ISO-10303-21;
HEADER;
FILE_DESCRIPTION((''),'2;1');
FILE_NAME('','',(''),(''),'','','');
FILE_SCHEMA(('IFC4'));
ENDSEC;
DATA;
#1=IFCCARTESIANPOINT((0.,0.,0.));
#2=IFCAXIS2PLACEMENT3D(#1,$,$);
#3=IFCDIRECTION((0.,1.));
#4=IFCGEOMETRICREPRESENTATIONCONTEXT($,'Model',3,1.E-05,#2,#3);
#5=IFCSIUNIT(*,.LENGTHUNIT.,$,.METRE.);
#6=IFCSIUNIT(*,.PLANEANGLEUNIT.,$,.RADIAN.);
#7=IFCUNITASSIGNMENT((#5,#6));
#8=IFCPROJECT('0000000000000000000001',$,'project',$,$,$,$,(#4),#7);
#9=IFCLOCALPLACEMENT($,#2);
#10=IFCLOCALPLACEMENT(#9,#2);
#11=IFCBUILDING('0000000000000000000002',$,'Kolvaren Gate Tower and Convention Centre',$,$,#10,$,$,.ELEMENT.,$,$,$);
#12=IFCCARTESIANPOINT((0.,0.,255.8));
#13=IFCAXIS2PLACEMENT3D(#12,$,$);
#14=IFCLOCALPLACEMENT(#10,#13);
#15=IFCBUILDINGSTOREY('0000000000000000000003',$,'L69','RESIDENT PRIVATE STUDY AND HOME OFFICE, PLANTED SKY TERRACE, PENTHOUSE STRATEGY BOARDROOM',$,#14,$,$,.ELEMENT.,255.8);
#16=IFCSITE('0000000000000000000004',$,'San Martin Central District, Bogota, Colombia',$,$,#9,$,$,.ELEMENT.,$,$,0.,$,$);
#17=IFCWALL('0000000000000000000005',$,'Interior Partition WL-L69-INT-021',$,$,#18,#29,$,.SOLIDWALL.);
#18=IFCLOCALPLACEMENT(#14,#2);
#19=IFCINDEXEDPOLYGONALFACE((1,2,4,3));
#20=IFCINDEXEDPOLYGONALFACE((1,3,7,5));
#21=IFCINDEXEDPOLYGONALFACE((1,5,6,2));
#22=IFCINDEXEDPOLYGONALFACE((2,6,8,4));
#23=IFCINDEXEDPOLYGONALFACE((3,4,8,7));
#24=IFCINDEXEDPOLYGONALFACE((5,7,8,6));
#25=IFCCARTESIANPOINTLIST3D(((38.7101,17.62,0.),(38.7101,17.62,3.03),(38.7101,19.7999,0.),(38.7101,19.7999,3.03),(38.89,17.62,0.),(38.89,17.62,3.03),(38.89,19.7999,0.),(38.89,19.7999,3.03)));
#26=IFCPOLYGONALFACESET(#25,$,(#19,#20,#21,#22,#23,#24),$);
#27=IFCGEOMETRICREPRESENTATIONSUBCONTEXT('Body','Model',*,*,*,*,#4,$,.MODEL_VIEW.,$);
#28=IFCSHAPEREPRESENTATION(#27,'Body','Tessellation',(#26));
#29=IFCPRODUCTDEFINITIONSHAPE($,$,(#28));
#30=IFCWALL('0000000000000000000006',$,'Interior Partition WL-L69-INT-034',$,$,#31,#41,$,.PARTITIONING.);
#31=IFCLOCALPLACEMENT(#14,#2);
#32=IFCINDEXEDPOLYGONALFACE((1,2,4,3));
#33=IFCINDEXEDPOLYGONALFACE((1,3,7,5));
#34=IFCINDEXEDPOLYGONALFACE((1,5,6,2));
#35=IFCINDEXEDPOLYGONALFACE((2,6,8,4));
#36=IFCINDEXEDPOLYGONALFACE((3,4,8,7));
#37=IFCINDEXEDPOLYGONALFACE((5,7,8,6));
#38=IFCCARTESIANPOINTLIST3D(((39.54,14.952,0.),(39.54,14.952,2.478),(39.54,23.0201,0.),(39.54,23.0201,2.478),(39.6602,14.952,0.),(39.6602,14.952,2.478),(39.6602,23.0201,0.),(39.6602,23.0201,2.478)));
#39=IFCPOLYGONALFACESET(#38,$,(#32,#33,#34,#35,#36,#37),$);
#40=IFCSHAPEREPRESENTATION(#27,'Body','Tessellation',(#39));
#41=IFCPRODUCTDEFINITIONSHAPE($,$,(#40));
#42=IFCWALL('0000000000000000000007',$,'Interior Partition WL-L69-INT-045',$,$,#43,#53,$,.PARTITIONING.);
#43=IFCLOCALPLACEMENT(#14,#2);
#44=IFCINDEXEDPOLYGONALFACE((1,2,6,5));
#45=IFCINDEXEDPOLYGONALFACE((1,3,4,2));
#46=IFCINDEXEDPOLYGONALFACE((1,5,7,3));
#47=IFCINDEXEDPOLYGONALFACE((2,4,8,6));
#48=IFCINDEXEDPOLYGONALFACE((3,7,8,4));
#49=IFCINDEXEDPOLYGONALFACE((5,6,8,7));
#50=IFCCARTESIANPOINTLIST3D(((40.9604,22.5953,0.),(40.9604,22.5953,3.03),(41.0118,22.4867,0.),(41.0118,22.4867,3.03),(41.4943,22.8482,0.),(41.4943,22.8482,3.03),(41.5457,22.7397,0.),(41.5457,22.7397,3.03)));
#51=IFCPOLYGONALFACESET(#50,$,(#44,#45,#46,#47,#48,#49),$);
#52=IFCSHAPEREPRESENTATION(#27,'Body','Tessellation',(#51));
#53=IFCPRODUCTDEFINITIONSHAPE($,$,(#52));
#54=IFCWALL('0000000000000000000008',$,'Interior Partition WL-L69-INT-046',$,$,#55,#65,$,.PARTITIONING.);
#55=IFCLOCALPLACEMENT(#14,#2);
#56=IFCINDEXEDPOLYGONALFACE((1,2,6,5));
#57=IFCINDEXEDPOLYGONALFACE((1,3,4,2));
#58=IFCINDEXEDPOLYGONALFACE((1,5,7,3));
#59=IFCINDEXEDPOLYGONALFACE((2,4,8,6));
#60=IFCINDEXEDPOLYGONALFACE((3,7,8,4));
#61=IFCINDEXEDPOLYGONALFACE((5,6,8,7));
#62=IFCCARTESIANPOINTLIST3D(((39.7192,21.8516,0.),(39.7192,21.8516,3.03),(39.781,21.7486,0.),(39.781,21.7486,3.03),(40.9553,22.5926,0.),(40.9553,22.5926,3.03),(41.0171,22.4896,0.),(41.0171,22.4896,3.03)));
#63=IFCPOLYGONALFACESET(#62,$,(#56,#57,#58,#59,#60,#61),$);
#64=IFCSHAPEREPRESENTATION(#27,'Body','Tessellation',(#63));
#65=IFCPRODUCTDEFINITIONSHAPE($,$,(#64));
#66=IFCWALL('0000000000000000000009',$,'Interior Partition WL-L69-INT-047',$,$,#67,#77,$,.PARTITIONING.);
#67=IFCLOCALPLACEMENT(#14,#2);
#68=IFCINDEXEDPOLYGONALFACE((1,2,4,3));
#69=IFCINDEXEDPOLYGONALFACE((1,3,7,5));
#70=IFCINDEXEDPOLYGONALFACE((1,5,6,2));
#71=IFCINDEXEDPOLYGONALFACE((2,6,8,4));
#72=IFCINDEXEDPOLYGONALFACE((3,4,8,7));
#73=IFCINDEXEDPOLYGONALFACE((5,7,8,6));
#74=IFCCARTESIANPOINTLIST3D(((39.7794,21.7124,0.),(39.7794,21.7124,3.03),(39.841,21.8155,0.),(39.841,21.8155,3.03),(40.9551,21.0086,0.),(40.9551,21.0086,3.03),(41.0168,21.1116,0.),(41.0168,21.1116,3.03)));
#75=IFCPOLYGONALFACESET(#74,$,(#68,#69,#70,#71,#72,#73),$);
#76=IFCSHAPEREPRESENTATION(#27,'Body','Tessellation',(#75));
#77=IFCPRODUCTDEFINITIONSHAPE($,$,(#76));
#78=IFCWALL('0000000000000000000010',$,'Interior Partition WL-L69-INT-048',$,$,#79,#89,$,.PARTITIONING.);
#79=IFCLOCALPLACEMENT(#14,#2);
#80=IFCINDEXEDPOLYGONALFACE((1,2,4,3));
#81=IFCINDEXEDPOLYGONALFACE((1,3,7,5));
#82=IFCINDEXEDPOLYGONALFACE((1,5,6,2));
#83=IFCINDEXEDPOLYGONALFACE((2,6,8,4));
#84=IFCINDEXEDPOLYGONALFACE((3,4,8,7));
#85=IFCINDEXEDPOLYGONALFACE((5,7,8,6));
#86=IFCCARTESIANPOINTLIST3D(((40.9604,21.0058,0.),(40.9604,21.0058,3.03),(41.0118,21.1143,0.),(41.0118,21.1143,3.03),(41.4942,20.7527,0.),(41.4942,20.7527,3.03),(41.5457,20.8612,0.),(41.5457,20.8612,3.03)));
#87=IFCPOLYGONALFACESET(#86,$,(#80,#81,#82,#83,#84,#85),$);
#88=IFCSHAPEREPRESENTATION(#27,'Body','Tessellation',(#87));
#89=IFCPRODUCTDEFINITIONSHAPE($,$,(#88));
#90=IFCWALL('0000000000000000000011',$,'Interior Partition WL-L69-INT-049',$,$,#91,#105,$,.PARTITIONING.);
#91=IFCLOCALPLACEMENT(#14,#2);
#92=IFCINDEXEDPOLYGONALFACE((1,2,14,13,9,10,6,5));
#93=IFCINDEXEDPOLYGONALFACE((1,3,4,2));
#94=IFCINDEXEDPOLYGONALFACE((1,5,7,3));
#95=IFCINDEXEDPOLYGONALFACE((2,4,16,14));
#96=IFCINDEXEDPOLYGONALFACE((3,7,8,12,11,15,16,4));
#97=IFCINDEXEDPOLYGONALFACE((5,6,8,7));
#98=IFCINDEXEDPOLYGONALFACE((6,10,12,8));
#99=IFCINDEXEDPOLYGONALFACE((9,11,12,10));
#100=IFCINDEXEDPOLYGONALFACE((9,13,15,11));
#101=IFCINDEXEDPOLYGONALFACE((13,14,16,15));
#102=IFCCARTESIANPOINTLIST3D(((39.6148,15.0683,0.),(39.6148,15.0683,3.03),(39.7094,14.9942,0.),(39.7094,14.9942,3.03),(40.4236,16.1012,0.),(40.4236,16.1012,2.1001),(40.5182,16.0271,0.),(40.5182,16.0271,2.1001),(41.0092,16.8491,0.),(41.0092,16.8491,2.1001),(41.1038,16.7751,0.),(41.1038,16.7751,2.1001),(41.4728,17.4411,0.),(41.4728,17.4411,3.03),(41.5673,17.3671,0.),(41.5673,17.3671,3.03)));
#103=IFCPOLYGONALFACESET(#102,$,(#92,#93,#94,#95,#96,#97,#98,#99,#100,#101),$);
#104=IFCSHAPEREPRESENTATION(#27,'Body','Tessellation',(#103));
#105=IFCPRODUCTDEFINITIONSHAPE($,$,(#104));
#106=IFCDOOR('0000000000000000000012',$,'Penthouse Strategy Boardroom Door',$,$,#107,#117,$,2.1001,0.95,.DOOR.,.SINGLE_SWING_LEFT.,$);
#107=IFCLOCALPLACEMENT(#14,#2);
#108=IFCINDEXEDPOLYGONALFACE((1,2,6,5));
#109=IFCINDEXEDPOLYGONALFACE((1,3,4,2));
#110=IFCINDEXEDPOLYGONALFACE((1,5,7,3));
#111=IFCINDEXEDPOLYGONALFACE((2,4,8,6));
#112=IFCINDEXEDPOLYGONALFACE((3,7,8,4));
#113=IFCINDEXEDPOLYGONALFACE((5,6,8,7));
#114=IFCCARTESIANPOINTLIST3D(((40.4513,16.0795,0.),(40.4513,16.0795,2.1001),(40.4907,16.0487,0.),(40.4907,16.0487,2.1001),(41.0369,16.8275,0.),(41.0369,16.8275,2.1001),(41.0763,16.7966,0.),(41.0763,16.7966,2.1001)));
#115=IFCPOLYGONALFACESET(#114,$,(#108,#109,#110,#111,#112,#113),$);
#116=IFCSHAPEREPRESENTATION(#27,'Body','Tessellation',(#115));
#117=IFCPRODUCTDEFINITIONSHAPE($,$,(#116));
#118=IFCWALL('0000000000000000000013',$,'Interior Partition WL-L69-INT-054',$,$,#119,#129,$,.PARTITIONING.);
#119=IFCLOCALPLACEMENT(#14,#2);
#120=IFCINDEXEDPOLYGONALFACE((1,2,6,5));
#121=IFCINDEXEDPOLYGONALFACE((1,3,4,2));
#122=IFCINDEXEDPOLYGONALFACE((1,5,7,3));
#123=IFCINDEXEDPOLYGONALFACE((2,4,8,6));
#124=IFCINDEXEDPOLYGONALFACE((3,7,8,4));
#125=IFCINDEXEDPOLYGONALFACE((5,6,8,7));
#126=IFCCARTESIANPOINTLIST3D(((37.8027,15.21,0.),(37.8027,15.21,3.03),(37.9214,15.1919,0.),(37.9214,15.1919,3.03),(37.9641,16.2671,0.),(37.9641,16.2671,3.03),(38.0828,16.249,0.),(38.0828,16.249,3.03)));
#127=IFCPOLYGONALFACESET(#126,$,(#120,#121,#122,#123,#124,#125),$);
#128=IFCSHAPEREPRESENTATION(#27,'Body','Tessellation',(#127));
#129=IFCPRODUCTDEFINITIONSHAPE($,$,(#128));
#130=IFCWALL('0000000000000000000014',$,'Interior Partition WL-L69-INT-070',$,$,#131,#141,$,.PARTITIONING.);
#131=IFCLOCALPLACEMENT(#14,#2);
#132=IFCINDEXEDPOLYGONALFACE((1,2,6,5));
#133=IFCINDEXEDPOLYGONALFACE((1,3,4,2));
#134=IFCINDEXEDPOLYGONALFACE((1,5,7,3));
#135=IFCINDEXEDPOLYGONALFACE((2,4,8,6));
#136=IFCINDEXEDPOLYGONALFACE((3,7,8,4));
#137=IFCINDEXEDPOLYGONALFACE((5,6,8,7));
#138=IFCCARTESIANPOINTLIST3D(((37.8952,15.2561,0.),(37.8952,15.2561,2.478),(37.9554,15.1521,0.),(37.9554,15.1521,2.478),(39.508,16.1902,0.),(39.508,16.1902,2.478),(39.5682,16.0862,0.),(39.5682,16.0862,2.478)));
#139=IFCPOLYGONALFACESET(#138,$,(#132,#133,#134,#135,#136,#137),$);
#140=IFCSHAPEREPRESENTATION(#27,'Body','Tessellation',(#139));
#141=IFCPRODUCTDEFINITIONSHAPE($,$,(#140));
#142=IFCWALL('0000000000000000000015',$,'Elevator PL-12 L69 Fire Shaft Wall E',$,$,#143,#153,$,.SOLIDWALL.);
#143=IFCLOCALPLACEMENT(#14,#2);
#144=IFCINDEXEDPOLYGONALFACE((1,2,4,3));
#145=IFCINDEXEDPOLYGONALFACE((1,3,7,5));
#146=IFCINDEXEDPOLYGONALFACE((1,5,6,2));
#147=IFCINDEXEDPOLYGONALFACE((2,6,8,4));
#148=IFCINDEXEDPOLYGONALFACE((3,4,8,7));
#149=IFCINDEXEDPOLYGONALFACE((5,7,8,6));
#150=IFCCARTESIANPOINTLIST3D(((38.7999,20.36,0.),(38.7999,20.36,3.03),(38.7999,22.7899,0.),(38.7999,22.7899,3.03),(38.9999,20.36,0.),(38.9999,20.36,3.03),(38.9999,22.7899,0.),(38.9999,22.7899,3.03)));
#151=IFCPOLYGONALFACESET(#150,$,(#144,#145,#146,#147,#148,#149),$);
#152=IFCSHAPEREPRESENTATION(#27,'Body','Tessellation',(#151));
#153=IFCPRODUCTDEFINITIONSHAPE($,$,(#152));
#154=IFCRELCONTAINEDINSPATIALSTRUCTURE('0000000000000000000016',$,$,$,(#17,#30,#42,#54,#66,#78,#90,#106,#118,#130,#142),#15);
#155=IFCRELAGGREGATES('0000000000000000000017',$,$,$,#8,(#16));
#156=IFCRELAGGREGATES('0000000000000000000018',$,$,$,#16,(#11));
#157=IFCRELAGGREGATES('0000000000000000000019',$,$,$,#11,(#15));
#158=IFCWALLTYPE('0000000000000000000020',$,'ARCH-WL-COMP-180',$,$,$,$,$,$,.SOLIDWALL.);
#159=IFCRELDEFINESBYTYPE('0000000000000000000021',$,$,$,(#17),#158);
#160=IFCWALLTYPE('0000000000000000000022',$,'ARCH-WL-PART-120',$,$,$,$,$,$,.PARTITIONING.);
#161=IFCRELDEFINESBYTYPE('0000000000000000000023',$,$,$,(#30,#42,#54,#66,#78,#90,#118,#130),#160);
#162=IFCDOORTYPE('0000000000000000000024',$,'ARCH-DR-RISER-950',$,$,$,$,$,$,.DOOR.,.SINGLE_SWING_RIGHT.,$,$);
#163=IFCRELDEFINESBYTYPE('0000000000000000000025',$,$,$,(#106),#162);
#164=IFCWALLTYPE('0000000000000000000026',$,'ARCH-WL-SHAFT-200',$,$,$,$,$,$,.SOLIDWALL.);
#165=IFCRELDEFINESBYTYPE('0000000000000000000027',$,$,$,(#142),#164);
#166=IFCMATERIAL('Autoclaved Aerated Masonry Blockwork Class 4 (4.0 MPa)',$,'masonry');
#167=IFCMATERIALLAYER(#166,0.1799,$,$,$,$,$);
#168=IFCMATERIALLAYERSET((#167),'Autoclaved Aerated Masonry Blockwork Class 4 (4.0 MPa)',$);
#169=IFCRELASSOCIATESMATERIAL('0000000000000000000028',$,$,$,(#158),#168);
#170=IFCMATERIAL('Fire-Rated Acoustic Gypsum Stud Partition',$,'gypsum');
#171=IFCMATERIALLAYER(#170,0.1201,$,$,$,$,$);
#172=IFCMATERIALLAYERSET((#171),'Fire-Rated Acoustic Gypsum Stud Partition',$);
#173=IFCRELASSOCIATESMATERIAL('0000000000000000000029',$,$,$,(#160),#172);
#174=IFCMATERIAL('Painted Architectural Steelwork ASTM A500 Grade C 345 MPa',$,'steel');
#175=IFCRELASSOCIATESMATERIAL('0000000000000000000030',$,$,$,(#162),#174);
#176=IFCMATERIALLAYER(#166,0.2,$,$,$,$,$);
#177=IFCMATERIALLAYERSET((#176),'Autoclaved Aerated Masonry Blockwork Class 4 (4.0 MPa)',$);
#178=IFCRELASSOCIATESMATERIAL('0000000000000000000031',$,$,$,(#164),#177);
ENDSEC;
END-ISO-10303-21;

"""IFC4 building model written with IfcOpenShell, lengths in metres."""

from ifc_helpers import new_model, si_unit, direction, frame, frame_2d, origin, place, context, subcontext, project, spatial, rectangle, extrude, material, layer, layer_set, type_object, element, fill, save


model = new_model("IFC4")

# Units and contexts
model_context = context("Model", 3, precision=1e-05, world=origin(), true_north=direction((0.0, 1.0)))
body_context = subcontext(model_context, "Body", "Model", "MODEL_VIEW")
ifc_project = project(units=[si_unit("LENGTHUNIT", "METRE"), si_unit("PLANEANGLEUNIT", "RADIAN")], contexts=[model_context])

# Site, building, storey
site_placement = place(None, origin())
site = spatial("IfcSite", under=ifc_project, at=site_placement, Name="San Martin Central District, Bogota, Colombia", CompositionType="ELEMENT", RefElevation=0.0)
building_placement = place(site_placement, origin())
building = spatial("IfcBuilding", under=site, at=building_placement, Name="Kolvaren Gate Tower and Convention Centre", CompositionType="ELEMENT")
storey_placement = place(building_placement, frame((0.0, 0.0, 255.8)))
storey = spatial("IfcBuildingStorey", under=building, at=storey_placement, Name="L69", Description="RESIDENT PRIVATE STUDY AND HOME OFFICE, PLANTED SKY TERRACE, PENTHOUSE STRATEGY BOARDROOM", CompositionType="ELEMENT", Elevation=255.8)

# Walls
ifc_material_1 = material(Name="Autoclaved Aerated Masonry Blockwork Class 4 (4.0 MPa)", Category="masonry")
ifc_layer_1 = layer(ifc_material_1, 0.1799)
ifc_layer_set_1 = layer_set([ifc_layer_1], Name="Autoclaved Aerated Masonry Blockwork Class 4 (4.0 MPa)")
wall_type_1 = type_object("IfcWallType", Name="ARCH-WL-COMP-180", PredefinedType="SOLIDWALL", material=ifc_layer_set_1)
wall_1_placement = place(storey_placement, frame((38.8, 17.6201, 0.0), z_axis=(0.0, 0.0, 1.0), x_axis=(0.0, 1.0, 0.0)))
element("IfcWall", 1, at=wall_1_placement, inside=storey, type_object=wall_type_1, Name="Interior Partition WL-L69-INT-021", PredefinedType="SOLIDWALL", context=body_context, shape_type="SweptSolid", body=[
    extrude(rectangle(XDim=2.1799, YDim=0.1799, at=frame_2d((1.0898, 0.0))), origin(), (0.0, 0.0, 1.0), 3.03),
])
ifc_material_2 = material(Name="Fire-Rated Acoustic Gypsum Stud Partition", Category="gypsum")
ifc_layer_2 = layer(ifc_material_2, 0.1201)
ifc_layer_set_2 = layer_set([ifc_layer_2], Name="Fire-Rated Acoustic Gypsum Stud Partition")
wall_type_2 = type_object("IfcWallType", Name="ARCH-WL-PART-120", PredefinedType="PARTITIONING", material=ifc_layer_set_2)
wall_2_placement = place(storey_placement, frame((39.6001, 14.9519, 0.0), z_axis=(0.0, 0.0, 1.0), x_axis=(0.0, 1.0, 0.0)))
element("IfcWall", 2, at=wall_2_placement, inside=storey, type_object=wall_type_2, Name="Interior Partition WL-L69-INT-034", PredefinedType="PARTITIONING", context=body_context, shape_type="SweptSolid", body=[
    extrude(rectangle(XDim=8.0681, YDim=0.1201, at=frame_2d((4.0342, 0.0))), origin(), (0.0, 0.0, 1.0), 2.478),
])
wall_3_placement = place(storey_placement, frame((40.9861, 22.541, 0.0), z_axis=(0.0, 0.0, 1.0), x_axis=(0.903729, 0.428104, 0.0)))
element("IfcWall", 3, at=wall_3_placement, inside=storey, type_object=wall_type_2, Name="Interior Partition WL-L69-INT-045", PredefinedType="PARTITIONING", context=body_context, shape_type="SweptSolid", body=[
    extrude(rectangle(XDim=0.5908, YDim=0.1201, at=frame_2d((0.2954, 0.0))), origin(), (0.0, 0.0, 1.0), 3.03),
])
wall_4_placement = place(storey_placement, frame((39.75, 21.8, 0.0), z_axis=(0.0, 0.0, 1.0), x_axis=(0.857702, 0.514147, 0.0)))
element("IfcWall", 4, at=wall_4_placement, inside=storey, type_object=wall_type_2, Name="Interior Partition WL-L69-INT-046", PredefinedType="PARTITIONING", context=body_context, shape_type="SweptSolid", body=[
    extrude(rectangle(XDim=1.4412, YDim=0.1201, at=frame_2d((0.7207, 0.0))), origin(), (0.0, 0.0, 1.0), 3.03),
])
wall_5_placement = place(storey_placement, frame((39.8103, 21.7639, 0.0), z_axis=(0.0, 0.0, 1.0), x_axis=(0.858011, -0.513631, 0.0)))
element("IfcWall", 5, at=wall_5_placement, inside=storey, type_object=wall_type_2, Name="Interior Partition WL-L69-INT-047", PredefinedType="PARTITIONING", context=body_context, shape_type="SweptSolid", body=[
    extrude(rectangle(XDim=1.3704, YDim=0.1201, at=frame_2d((0.6851, 0.0))), origin(), (0.0, 0.0, 1.0), 3.03),
])
wall_6_placement = place(storey_placement, frame((40.9861, 21.0601, 0.0), z_axis=(0.0, 0.0, 1.0), x_axis=(0.90357, -0.428442, 0.0)))
element("IfcWall", 6, at=wall_6_placement, inside=storey, type_object=wall_type_2, Name="Interior Partition WL-L69-INT-048", PredefinedType="PARTITIONING", context=body_context, shape_type="SweptSolid", body=[
    extrude(rectangle(XDim=0.5908, YDim=0.1201, at=frame_2d((0.2954, 0.0))), origin(), (0.0, 0.0, 1.0), 3.03),
])

# Wall, opening, door
wall_7_placement = place(storey_placement, frame((39.6621, 15.0312, 0.0), z_axis=(0.0, 0.0, 1.0), x_axis=(0.6165, 0.787355, 0.0)))
wall_7 = element("IfcWall", 7, at=wall_7_placement, inside=storey, type_object=wall_type_2, Name="Interior Partition WL-L69-INT-049", PredefinedType="PARTITIONING", context=body_context, shape_type="SweptSolid", body=[
    extrude(rectangle(XDim=3.0137, YDim=0.1201, at=frame_2d((1.5068, 0.0))), origin(), (0.0, 0.0, 1.0), 3.03),
])
opening_placement = place(wall_7_placement, frame((1.3118, 0.0, 0.0)))
opening = element("IfcOpeningElement", 8, at=opening_placement, cuts=wall_7, PredefinedType="OPENING", context=body_context, shape_type="SweptSolid", body=[
    extrude(rectangle(XDim=0.95, YDim=2.1001, at=frame_2d((0.4751, 1.05))), frame((0.0, 0.0701, 0.0), z_axis=(0.0, -1.0, 0.0), x_axis=(1.0, 0.0, 0.0)), (0.0, 0.0, 1.0), 0.1401),
])
ifc_material_3 = material(Name="Painted Architectural Steelwork ASTM A500 Grade C 345 MPa", Category="steel")
door_type = type_object("IfcDoorType", Name="ARCH-DR-RISER-950", OperationType="SINGLE_SWING_RIGHT", PredefinedType="DOOR", material=ifc_material_3)
door_placement = place(opening_placement, origin())
door = element("IfcDoor", 9, at=door_placement, inside=storey, type_object=door_type, Name="Penthouse Strategy Boardroom Door", OperationType="SINGLE_SWING_LEFT", OverallHeight=2.1001, OverallWidth=0.95, PredefinedType="DOOR", context=body_context, shape_type="SweptSolid", body=[
    extrude(rectangle(XDim=0.95, YDim=2.1001, at=frame_2d((0.4751, 1.05))), frame((0.0, 0.0249, 0.0), z_axis=(0.0, -1.0, 0.0), x_axis=(1.0, 0.0, 0.0)), (0.0, 0.0, 1.0), 0.05),
])
fill(opening, door)

# Walls
wall_8_placement = place(storey_placement, frame((37.8621, 15.2009, 0.0), z_axis=(0.0, 0.0, 1.0), x_axis=(0.150908, 0.988548, 0.0)))
element("IfcWall", 10, at=wall_8_placement, inside=storey, type_object=wall_type_2, Name="Interior Partition WL-L69-INT-054", PredefinedType="PARTITIONING", context=body_context, shape_type="SweptSolid", body=[
    extrude(rectangle(XDim=1.0693, YDim=0.1201, at=frame_2d((0.5347, 0.0))), origin(), (0.0, 0.0, 1.0), 3.03),
])
wall_9_placement = place(storey_placement, frame((37.9253, 15.2041, 0.0), z_axis=(0.0, 0.0, 1.0), x_axis=(0.865343, 0.501181, 0.0)))
element("IfcWall", 11, at=wall_9_placement, inside=storey, type_object=wall_type_2, Name="Interior Partition WL-L69-INT-070", PredefinedType="PARTITIONING", context=body_context, shape_type="SweptSolid", body=[
    extrude(rectangle(XDim=1.8638, YDim=0.1201, at=frame_2d((0.9319, 0.0))), origin(), (0.0, 0.0, 1.0), 2.478),
])
ifc_layer_3 = layer(ifc_material_1, 0.2)
ifc_layer_set_3 = layer_set([ifc_layer_3], Name="Autoclaved Aerated Masonry Blockwork Class 4 (4.0 MPa)")
wall_type_3 = type_object("IfcWallType", Name="ARCH-WL-SHAFT-200", PredefinedType="SOLIDWALL", material=ifc_layer_set_3)
wall_10_placement = place(storey_placement, frame((38.8999, 20.3601, 0.0), z_axis=(0.0, 0.0, 1.0), x_axis=(0.0, 1.0, 0.0)))
element("IfcWall", 12, at=wall_10_placement, inside=storey, type_object=wall_type_3, Name="Elevator PL-12 L69 Fire Shaft Wall E", PredefinedType="SOLIDWALL", context=body_context, shape_type="SweptSolid", body=[
    extrude(rectangle(XDim=2.4299, YDim=0.2, at=frame_2d((1.2148, 0.0))), origin(), (0.0, 0.0, 1.0), 3.03),
])

save(model, "model.ifc")
